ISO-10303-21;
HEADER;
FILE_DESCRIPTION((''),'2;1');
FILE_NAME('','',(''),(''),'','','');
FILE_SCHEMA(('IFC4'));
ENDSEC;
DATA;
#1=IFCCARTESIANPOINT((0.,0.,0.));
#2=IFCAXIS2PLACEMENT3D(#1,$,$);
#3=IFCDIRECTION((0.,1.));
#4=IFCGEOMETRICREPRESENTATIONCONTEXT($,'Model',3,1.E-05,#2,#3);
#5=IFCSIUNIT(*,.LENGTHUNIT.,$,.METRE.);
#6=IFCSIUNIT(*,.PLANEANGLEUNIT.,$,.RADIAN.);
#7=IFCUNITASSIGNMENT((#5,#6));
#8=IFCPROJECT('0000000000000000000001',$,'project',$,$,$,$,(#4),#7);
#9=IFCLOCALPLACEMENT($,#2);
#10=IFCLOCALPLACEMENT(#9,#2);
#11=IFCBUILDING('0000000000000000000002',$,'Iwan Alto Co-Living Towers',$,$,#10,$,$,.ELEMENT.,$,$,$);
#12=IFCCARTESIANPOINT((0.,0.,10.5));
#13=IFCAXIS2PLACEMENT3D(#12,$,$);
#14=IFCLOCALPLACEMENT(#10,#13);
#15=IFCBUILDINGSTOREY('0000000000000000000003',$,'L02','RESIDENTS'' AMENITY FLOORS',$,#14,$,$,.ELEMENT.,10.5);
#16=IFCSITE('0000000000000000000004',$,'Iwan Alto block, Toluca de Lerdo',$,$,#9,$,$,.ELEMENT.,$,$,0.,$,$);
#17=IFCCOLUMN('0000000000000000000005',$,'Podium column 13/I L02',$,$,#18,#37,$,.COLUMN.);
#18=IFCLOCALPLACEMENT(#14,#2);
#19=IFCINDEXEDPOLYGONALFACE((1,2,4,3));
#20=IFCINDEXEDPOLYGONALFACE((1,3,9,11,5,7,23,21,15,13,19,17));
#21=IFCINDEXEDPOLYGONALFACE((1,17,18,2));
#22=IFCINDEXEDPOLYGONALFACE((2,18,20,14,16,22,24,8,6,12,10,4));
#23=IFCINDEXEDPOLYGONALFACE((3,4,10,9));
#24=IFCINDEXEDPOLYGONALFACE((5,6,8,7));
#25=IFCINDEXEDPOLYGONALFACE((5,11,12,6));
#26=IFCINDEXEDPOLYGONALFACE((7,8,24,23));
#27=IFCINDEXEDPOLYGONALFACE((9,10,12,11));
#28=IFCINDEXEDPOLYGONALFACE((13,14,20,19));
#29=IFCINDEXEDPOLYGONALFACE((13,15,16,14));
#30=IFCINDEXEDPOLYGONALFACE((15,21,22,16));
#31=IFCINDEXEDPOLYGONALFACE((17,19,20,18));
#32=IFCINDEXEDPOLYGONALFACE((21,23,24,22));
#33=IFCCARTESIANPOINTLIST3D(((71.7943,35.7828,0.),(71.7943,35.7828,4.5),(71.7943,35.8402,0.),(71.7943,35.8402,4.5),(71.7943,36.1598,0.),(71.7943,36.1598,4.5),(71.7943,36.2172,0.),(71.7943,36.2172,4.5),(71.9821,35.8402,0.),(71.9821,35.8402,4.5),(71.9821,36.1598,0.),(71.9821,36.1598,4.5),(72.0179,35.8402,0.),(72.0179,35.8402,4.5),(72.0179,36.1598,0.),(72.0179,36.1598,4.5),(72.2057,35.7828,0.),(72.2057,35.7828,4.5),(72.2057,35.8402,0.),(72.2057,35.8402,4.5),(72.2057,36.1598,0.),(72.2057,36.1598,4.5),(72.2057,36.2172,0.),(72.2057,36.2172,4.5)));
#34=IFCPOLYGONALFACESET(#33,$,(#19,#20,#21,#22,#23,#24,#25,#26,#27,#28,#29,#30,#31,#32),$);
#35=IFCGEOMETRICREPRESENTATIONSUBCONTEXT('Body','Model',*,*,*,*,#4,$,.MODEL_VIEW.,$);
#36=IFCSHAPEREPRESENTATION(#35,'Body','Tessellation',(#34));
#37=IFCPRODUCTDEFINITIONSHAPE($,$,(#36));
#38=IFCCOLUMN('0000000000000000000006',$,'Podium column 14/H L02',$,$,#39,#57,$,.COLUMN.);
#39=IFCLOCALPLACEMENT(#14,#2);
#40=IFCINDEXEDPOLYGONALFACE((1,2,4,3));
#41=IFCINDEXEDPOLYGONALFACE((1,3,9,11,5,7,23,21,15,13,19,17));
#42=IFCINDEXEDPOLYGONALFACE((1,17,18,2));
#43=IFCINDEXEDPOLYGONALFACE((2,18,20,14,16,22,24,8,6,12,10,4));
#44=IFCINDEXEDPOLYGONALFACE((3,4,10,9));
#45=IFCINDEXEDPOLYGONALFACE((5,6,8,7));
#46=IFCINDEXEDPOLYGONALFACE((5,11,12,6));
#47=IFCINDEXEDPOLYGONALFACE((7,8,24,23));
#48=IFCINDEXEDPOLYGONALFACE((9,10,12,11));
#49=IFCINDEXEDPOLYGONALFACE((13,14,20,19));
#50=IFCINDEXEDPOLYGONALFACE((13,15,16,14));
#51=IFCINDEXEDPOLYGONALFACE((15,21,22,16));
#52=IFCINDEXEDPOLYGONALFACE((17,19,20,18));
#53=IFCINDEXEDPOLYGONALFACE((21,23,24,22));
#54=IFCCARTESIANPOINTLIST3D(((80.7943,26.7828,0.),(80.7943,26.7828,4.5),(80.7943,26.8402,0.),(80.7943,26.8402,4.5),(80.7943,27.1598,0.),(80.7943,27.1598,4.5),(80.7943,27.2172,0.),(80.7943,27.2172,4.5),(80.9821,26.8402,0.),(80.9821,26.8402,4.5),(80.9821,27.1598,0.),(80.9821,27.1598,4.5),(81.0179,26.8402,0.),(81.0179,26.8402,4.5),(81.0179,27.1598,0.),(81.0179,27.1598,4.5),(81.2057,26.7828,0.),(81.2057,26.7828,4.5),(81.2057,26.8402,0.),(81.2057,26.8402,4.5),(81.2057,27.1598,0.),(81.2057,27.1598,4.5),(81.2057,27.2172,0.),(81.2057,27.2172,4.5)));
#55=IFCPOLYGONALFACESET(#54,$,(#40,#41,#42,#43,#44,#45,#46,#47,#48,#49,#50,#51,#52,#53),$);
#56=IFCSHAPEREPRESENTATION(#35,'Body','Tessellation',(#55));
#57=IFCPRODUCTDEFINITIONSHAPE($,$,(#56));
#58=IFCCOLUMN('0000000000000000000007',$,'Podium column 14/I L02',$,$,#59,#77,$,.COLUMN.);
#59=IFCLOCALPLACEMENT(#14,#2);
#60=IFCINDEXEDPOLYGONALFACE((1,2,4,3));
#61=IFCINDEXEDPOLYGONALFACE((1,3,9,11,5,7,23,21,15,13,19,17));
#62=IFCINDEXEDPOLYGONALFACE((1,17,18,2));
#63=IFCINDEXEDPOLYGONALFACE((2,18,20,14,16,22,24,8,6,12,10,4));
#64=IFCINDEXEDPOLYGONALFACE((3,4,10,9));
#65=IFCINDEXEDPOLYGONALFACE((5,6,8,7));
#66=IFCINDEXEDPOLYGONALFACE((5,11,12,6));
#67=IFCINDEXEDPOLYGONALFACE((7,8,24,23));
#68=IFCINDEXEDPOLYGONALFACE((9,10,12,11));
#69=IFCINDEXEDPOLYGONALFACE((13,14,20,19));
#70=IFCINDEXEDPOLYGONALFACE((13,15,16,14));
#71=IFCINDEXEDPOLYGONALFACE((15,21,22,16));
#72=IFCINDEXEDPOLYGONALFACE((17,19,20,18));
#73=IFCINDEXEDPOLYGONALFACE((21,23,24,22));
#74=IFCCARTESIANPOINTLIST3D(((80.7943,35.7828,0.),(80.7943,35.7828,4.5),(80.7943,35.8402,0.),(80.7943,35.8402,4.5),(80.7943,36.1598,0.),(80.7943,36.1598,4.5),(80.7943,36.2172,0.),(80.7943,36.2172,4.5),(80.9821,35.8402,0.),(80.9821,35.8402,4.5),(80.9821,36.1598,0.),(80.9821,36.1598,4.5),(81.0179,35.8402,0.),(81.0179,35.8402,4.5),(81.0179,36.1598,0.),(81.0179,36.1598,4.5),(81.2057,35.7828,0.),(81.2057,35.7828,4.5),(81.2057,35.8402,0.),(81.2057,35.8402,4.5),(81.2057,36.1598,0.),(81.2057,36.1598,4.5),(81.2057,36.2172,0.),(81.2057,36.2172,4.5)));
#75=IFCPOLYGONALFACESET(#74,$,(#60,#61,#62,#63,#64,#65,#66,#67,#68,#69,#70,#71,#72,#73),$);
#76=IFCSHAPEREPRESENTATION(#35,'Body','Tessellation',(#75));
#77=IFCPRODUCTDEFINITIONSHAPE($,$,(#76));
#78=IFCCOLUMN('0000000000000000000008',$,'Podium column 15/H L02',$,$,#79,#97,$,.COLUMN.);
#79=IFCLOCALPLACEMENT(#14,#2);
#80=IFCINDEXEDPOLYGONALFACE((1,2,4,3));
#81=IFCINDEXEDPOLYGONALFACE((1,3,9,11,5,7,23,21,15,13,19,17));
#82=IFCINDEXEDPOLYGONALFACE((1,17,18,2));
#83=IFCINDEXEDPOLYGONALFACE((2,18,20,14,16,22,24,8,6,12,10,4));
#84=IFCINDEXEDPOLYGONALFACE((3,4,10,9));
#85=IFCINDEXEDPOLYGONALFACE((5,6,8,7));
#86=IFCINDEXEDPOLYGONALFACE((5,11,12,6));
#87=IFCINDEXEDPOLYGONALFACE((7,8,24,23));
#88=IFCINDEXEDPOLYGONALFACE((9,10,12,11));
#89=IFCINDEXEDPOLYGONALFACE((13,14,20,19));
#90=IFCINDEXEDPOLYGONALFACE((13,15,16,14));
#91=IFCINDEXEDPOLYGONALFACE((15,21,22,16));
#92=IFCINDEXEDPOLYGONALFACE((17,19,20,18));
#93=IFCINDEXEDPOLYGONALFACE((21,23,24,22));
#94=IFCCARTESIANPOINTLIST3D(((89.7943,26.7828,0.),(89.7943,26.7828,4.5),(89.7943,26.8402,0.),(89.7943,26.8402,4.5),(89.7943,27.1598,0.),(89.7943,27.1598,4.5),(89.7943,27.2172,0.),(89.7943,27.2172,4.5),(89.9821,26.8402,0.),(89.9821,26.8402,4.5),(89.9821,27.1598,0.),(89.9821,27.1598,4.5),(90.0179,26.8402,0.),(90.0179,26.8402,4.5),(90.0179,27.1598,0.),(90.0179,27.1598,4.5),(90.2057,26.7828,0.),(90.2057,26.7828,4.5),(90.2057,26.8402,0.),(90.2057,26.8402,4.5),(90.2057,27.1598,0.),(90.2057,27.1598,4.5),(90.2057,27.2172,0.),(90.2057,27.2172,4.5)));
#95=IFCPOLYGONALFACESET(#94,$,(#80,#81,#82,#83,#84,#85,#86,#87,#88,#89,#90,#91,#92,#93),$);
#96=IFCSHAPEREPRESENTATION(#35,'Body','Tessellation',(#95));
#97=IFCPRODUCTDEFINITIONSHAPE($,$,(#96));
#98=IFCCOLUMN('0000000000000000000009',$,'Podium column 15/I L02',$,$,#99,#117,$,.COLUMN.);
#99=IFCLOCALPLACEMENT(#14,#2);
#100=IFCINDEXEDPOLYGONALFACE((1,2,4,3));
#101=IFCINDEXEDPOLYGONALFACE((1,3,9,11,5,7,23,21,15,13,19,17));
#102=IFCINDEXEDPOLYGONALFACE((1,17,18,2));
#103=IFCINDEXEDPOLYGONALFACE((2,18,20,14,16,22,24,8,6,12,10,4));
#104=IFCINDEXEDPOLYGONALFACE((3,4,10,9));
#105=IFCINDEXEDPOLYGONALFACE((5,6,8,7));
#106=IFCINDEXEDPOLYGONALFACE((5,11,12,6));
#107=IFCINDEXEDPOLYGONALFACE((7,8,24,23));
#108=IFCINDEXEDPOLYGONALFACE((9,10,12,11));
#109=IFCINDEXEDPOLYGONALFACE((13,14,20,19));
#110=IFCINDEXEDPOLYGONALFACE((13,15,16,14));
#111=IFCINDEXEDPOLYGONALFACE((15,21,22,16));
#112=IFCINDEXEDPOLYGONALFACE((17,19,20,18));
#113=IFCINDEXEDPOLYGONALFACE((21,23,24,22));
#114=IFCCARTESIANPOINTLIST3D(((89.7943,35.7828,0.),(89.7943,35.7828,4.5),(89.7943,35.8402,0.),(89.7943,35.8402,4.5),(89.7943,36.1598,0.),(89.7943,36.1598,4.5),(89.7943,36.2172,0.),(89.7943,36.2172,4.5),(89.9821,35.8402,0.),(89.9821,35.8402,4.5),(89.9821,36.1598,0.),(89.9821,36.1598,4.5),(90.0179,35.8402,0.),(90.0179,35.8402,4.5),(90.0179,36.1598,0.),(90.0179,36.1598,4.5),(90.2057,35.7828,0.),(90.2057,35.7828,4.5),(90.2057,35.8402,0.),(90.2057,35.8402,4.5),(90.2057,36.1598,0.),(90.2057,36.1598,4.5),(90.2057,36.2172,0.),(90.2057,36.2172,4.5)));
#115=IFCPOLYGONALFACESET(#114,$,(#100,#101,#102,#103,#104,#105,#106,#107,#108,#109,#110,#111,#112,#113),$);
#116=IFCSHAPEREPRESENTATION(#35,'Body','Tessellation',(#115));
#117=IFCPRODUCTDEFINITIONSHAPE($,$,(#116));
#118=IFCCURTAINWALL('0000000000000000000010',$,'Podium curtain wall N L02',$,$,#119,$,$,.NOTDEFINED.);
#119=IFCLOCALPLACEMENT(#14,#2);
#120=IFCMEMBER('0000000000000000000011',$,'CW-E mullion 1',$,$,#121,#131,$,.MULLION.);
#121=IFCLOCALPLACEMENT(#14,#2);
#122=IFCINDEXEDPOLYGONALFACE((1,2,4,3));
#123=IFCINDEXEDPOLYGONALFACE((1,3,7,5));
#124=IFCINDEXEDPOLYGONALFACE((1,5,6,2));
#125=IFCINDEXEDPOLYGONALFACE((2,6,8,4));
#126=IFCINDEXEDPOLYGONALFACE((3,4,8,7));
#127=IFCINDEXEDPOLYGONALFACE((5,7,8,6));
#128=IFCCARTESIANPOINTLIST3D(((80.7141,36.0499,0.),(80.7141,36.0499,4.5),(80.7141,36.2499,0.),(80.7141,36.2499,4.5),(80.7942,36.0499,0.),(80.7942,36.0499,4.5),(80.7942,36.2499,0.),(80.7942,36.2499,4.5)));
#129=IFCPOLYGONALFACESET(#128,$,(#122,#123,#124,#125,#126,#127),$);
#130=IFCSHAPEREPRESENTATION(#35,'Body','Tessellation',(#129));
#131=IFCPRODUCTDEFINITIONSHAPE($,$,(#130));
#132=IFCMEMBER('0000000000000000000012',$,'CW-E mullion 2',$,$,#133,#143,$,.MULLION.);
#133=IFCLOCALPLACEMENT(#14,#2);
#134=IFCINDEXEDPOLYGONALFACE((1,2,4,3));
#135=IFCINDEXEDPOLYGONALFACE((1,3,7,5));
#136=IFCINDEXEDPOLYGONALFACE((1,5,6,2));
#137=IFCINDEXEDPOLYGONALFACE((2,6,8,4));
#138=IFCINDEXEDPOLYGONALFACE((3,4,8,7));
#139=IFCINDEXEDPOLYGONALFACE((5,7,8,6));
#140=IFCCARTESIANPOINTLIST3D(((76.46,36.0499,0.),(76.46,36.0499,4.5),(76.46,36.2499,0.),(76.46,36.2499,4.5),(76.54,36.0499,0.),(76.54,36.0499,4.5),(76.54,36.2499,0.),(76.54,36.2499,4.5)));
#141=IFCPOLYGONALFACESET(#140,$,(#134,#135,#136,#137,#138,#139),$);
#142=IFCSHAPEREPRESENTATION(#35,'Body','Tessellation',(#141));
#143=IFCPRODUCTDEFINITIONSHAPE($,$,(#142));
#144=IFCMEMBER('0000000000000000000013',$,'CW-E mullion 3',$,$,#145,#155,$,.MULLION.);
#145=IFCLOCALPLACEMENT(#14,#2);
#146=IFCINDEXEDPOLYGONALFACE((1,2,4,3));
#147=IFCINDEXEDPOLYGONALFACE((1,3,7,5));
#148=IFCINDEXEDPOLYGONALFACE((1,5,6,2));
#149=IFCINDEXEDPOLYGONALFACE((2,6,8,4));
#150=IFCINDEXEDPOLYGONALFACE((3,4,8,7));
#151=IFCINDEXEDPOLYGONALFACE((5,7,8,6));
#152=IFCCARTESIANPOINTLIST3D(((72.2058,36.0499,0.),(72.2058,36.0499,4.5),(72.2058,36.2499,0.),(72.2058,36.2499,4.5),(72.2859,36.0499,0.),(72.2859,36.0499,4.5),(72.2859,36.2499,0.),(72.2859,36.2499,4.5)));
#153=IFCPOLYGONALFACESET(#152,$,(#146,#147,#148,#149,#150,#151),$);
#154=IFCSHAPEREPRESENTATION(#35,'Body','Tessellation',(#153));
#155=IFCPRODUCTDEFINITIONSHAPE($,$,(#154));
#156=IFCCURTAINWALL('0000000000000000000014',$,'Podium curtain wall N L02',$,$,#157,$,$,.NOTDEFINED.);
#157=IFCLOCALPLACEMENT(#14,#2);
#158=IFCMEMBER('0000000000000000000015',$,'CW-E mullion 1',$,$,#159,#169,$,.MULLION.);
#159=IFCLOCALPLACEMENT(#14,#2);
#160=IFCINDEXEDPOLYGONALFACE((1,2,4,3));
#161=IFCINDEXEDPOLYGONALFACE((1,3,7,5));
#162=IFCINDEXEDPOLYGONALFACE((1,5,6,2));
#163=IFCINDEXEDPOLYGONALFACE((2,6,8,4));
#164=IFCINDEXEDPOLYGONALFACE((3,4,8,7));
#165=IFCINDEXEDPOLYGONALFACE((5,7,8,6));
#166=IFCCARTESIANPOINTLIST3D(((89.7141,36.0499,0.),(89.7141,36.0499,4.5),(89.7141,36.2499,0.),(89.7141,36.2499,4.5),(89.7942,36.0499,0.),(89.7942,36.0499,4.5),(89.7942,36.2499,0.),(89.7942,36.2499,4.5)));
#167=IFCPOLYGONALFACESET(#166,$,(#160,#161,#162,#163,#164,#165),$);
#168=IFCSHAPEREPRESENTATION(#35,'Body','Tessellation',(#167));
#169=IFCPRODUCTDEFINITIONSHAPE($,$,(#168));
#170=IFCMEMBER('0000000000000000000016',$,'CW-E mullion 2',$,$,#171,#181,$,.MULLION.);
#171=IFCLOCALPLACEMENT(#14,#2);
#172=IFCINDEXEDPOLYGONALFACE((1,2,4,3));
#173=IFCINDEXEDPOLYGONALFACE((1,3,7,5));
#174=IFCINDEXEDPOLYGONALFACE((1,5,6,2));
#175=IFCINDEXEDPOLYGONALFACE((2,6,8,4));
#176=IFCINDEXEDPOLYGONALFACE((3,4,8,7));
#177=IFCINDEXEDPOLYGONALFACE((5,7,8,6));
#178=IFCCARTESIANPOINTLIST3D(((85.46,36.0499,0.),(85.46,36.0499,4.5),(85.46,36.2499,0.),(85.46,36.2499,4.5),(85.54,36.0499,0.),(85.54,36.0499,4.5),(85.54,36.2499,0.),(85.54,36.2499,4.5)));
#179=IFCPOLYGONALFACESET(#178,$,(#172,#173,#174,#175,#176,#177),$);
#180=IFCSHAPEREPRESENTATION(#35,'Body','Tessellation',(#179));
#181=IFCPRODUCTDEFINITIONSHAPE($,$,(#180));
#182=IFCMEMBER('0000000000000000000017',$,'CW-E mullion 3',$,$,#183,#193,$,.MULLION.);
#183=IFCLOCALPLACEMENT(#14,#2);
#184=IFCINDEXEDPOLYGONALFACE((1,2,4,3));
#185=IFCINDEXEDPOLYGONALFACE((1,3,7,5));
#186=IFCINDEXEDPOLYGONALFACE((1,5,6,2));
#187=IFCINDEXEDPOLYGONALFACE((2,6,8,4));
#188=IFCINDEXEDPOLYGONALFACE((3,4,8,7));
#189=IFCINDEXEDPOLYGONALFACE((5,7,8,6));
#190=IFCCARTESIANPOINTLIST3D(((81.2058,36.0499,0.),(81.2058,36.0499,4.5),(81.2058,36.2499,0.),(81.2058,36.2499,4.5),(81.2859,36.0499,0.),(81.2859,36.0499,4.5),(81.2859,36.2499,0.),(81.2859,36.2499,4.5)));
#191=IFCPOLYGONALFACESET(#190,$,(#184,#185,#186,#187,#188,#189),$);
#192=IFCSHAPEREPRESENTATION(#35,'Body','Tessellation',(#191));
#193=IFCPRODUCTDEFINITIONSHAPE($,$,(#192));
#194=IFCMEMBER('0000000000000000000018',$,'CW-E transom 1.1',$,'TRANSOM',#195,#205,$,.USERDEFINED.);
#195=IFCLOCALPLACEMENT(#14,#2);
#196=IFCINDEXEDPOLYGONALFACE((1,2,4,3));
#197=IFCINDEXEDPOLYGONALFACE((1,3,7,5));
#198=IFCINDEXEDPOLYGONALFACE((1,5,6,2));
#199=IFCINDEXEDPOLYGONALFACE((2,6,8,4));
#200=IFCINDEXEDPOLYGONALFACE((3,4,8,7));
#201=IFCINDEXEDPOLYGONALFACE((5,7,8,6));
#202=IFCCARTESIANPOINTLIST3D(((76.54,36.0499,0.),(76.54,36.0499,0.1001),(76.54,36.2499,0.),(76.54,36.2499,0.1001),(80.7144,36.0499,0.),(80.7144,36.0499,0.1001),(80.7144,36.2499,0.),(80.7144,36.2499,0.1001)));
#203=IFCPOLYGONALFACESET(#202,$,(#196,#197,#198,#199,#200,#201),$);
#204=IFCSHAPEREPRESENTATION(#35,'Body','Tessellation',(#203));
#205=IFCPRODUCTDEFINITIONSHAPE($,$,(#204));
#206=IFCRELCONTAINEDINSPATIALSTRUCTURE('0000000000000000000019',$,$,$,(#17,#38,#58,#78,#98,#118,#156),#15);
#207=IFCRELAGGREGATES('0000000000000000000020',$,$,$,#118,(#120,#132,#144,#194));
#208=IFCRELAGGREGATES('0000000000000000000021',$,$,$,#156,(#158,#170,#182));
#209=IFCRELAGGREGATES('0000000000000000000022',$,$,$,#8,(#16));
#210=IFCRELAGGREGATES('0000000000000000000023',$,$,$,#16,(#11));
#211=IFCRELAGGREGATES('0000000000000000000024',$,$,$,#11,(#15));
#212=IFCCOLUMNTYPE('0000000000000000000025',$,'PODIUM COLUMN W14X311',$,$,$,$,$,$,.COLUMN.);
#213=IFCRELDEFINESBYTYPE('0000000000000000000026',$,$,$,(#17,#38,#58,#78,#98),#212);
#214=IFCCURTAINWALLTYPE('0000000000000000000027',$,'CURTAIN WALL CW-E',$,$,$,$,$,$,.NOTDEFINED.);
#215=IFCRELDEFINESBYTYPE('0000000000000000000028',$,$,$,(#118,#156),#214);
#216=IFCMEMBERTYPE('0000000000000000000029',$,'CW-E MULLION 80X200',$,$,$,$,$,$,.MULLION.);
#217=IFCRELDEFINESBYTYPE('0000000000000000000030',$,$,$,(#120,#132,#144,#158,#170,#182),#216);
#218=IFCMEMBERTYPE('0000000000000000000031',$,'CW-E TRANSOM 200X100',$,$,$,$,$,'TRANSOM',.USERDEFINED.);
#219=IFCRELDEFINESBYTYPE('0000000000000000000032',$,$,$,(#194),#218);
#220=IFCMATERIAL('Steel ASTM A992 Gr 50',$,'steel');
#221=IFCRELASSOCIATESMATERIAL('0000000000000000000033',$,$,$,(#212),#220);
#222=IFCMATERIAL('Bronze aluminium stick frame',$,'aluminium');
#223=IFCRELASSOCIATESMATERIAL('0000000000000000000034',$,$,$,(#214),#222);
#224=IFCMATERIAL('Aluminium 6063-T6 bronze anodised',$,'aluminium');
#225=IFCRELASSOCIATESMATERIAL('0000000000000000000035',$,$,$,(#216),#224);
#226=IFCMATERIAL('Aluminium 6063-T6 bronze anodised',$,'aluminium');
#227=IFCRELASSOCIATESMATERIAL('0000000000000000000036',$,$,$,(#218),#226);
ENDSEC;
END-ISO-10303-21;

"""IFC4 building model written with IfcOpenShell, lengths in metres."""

from ifc_helpers import new_model, si_unit, direction, frame, origin, origin_2d, place, context, subcontext, project, spatial, rectangle, i_section, extrude, material, material_profile, profile_set, type_object, element, aggregate, save


model = new_model("IFC4")

# Units and contexts
model_context = context("Model", 3, precision=1e-05, world=origin(), true_north=direction((0.0, 1.0)))
body_context = subcontext(model_context, "Body", "Model", "MODEL_VIEW")
ifc_project = project(units=[si_unit("LENGTHUNIT", "METRE"), si_unit("PLANEANGLEUNIT", "RADIAN")], contexts=[model_context])

# Site, building, storey
site_placement = place(None, origin())
site = spatial("IfcSite", under=ifc_project, at=site_placement, Name="Iwan Alto block, Toluca de Lerdo", CompositionType="ELEMENT", RefElevation=0.0)
building_placement = place(site_placement, origin())
building = spatial("IfcBuilding", under=site, at=building_placement, Name="Iwan Alto Co-Living Towers", CompositionType="ELEMENT")
storey_placement = place(building_placement, frame((0.0, 0.0, 10.5)))
storey = spatial("IfcBuildingStorey", under=building, at=storey_placement, Name="L02", Description="RESIDENTS' AMENITY FLOORS", CompositionType="ELEMENT", Elevation=10.5)

# Columns
ifc_material_1 = material(Name="Steel ASTM A992 Gr 50", Category="steel")
ifc_material_profile_1 = material_profile(ifc_material_1, i_section(OverallWidth=0.4114, OverallDepth=0.4343, WebThickness=0.0359, FlangeThickness=0.0574, at=origin_2d()), Name="W14X311")
ifc_profile_set_1 = profile_set([ifc_material_profile_1], Name="Steel ASTM A992 Gr 50")
column_type = type_object("IfcColumnType", Name="PODIUM COLUMN W14X311", PredefinedType="COLUMN", material=ifc_profile_set_1)
for number, where, z_axis, x_axis, name in (
    (1, (72.0, 36.0, 0.0), (0.0, 0.0, 1.0), (1.0, 0.0, 0.0), "Podium column 13/I L02"),
    (2, (81.0, 27.0, 0.0), (0.0, 0.0, 1.0), (1.0, 0.0, 0.0), "Podium column 14/H L02"),
    (3, (81.0, 36.0, 0.0), (0.0, 0.0, 1.0), (1.0, 0.0, 0.0), "Podium column 14/I L02"),
    (4, (90.0, 27.0, 0.0), (0.0, 0.0, 1.0), (1.0, 0.0, 0.0), "Podium column 15/H L02"),
    (5, (90.0, 36.0, 0.0), (0.0, 0.0, 1.0), (1.0, 0.0, 0.0), "Podium column 15/I L02"),
):
    element("IfcColumn", number, at=place(storey_placement, frame(where, z_axis=z_axis, x_axis=x_axis)), inside=storey, type_object=column_type, Name=name, PredefinedType="COLUMN", context=body_context, shape_type="SweptSolid", body=[
        extrude(i_section(OverallWidth=0.4114, OverallDepth=0.4343, WebThickness=0.0359, FlangeThickness=0.0574, at=origin_2d()), origin(), (0.0, 0.0, 1.0), 4.5),
    ])

# Curtain walls, members
ifc_material_2 = material(Name="Bronze aluminium stick frame", Category="aluminium")
curtain_wall_type = type_object("IfcCurtainWallType", Name="CURTAIN WALL CW-E", PredefinedType="NOTDEFINED", material=ifc_material_2)
curtain_wall_1_placement = place(storey_placement, origin())
curtain_wall_1 = element("IfcCurtainWall", 6, at=curtain_wall_1_placement, inside=storey, type_object=curtain_wall_type, Name="Podium curtain wall N L02", PredefinedType="NOTDEFINED")
ifc_material_3 = material(Name="Aluminium 6063-T6 bronze anodised", Category="aluminium")
ifc_material_profile_2 = material_profile(ifc_material_3, rectangle(XDim=0.2, YDim=0.0801, at=origin_2d()), Name="AL 80X200")
ifc_profile_set_2 = profile_set([ifc_material_profile_2], Name="Aluminium 6063-T6 bronze anodised")
member_type_1 = type_object("IfcMemberType", Name="CW-E MULLION 80X200", PredefinedType="MULLION", material=ifc_profile_set_2)
member_1_placement = place(storey_placement, frame((80.7542, 36.1499, 0.0), z_axis=(0.0, 0.0, 1.0), x_axis=(0.0, -1.0, 0.0)))
member_1 = element("IfcMember", 7, at=member_1_placement, type_object=member_type_1, Name="CW-E mullion 1", PredefinedType="MULLION", context=body_context, shape_type="SweptSolid", body=[
    extrude(rectangle(XDim=0.2, YDim=0.0801, at=origin_2d()), origin(), (0.0, 0.0, 1.0), 4.5),
])
member_2_placement = place(storey_placement, frame((76.5, 36.1499, 0.0), z_axis=(0.0, 0.0, 1.0), x_axis=(0.0, -1.0, 0.0)))
member_2 = element("IfcMember", 8, at=member_2_placement, type_object=member_type_1, Name="CW-E mullion 2", PredefinedType="MULLION", context=body_context, shape_type="SweptSolid", body=[
    extrude(rectangle(XDim=0.2, YDim=0.0801, at=origin_2d()), origin(), (0.0, 0.0, 1.0), 4.5),
])
member_3_placement = place(storey_placement, frame((72.2458, 36.1499, 0.0), z_axis=(0.0, 0.0, 1.0), x_axis=(0.0, -1.0, 0.0)))
member_3 = element("IfcMember", 9, at=member_3_placement, type_object=member_type_1, Name="CW-E mullion 3", PredefinedType="MULLION", context=body_context, shape_type="SweptSolid", body=[
    extrude(rectangle(XDim=0.2, YDim=0.0801, at=origin_2d()), origin(), (0.0, 0.0, 1.0), 4.5),
])
curtain_wall_2_placement = place(storey_placement, origin())
curtain_wall_2 = element("IfcCurtainWall", 10, at=curtain_wall_2_placement, inside=storey, type_object=curtain_wall_type, Name="Podium curtain wall N L02", PredefinedType="NOTDEFINED")
member_4_placement = place(storey_placement, frame((89.7542, 36.1499, 0.0), z_axis=(0.0, 0.0, 1.0), x_axis=(0.0, -1.0, 0.0)))
member_4 = element("IfcMember", 11, at=member_4_placement, type_object=member_type_1, Name="CW-E mullion 1", PredefinedType="MULLION", context=body_context, shape_type="SweptSolid", body=[
    extrude(rectangle(XDim=0.2, YDim=0.0801, at=origin_2d()), origin(), (0.0, 0.0, 1.0), 4.5),
])
member_5_placement = place(storey_placement, frame((85.5, 36.1499, 0.0), z_axis=(0.0, 0.0, 1.0), x_axis=(0.0, -1.0, 0.0)))
member_5 = element("IfcMember", 12, at=member_5_placement, type_object=member_type_1, Name="CW-E mullion 2", PredefinedType="MULLION", context=body_context, shape_type="SweptSolid", body=[
    extrude(rectangle(XDim=0.2, YDim=0.0801, at=origin_2d()), origin(), (0.0, 0.0, 1.0), 4.5),
])
member_6_placement = place(storey_placement, frame((81.2458, 36.1499, 0.0), z_axis=(0.0, 0.0, 1.0), x_axis=(0.0, -1.0, 0.0)))
member_6 = element("IfcMember", 13, at=member_6_placement, type_object=member_type_1, Name="CW-E mullion 3", PredefinedType="MULLION", context=body_context, shape_type="SweptSolid", body=[
    extrude(rectangle(XDim=0.2, YDim=0.0801, at=origin_2d()), origin(), (0.0, 0.0, 1.0), 4.5),
])

# Member
ifc_material_4 = material(Name="Aluminium 6063-T6 bronze anodised", Category="aluminium")
ifc_material_profile_3 = material_profile(ifc_material_4, rectangle(XDim=0.2, YDim=0.1001, at=origin_2d()), Name="AL 200X100")
ifc_profile_set_3 = profile_set([ifc_material_profile_3], Name="Aluminium 6063-T6 bronze anodised")
member_type_2 = type_object("IfcMemberType", Name="CW-E TRANSOM 200X100", ElementType="TRANSOM", PredefinedType="USERDEFINED", material=ifc_profile_set_3)
member_7_placement = place(storey_placement, frame((80.7144, 36.1499, 0.05), z_axis=(-1.0, 0.0, 0.0), x_axis=(0.0, -1.0, 0.0)))
member_7 = element("IfcMember", 14, at=member_7_placement, type_object=member_type_2, Name="CW-E transom 1.1", ObjectType="TRANSOM", PredefinedType="USERDEFINED", context=body_context, shape_type="SweptSolid", body=[
    extrude(rectangle(XDim=0.2, YDim=0.1001, at=origin_2d()), origin(), (0.0, 0.0, 1.0), 4.1743),
])

aggregate(curtain_wall_1, [member_1, member_2, member_3, member_7])
aggregate(curtain_wall_2, [member_4, member_5, member_6])

save(model, "model.ifc")
